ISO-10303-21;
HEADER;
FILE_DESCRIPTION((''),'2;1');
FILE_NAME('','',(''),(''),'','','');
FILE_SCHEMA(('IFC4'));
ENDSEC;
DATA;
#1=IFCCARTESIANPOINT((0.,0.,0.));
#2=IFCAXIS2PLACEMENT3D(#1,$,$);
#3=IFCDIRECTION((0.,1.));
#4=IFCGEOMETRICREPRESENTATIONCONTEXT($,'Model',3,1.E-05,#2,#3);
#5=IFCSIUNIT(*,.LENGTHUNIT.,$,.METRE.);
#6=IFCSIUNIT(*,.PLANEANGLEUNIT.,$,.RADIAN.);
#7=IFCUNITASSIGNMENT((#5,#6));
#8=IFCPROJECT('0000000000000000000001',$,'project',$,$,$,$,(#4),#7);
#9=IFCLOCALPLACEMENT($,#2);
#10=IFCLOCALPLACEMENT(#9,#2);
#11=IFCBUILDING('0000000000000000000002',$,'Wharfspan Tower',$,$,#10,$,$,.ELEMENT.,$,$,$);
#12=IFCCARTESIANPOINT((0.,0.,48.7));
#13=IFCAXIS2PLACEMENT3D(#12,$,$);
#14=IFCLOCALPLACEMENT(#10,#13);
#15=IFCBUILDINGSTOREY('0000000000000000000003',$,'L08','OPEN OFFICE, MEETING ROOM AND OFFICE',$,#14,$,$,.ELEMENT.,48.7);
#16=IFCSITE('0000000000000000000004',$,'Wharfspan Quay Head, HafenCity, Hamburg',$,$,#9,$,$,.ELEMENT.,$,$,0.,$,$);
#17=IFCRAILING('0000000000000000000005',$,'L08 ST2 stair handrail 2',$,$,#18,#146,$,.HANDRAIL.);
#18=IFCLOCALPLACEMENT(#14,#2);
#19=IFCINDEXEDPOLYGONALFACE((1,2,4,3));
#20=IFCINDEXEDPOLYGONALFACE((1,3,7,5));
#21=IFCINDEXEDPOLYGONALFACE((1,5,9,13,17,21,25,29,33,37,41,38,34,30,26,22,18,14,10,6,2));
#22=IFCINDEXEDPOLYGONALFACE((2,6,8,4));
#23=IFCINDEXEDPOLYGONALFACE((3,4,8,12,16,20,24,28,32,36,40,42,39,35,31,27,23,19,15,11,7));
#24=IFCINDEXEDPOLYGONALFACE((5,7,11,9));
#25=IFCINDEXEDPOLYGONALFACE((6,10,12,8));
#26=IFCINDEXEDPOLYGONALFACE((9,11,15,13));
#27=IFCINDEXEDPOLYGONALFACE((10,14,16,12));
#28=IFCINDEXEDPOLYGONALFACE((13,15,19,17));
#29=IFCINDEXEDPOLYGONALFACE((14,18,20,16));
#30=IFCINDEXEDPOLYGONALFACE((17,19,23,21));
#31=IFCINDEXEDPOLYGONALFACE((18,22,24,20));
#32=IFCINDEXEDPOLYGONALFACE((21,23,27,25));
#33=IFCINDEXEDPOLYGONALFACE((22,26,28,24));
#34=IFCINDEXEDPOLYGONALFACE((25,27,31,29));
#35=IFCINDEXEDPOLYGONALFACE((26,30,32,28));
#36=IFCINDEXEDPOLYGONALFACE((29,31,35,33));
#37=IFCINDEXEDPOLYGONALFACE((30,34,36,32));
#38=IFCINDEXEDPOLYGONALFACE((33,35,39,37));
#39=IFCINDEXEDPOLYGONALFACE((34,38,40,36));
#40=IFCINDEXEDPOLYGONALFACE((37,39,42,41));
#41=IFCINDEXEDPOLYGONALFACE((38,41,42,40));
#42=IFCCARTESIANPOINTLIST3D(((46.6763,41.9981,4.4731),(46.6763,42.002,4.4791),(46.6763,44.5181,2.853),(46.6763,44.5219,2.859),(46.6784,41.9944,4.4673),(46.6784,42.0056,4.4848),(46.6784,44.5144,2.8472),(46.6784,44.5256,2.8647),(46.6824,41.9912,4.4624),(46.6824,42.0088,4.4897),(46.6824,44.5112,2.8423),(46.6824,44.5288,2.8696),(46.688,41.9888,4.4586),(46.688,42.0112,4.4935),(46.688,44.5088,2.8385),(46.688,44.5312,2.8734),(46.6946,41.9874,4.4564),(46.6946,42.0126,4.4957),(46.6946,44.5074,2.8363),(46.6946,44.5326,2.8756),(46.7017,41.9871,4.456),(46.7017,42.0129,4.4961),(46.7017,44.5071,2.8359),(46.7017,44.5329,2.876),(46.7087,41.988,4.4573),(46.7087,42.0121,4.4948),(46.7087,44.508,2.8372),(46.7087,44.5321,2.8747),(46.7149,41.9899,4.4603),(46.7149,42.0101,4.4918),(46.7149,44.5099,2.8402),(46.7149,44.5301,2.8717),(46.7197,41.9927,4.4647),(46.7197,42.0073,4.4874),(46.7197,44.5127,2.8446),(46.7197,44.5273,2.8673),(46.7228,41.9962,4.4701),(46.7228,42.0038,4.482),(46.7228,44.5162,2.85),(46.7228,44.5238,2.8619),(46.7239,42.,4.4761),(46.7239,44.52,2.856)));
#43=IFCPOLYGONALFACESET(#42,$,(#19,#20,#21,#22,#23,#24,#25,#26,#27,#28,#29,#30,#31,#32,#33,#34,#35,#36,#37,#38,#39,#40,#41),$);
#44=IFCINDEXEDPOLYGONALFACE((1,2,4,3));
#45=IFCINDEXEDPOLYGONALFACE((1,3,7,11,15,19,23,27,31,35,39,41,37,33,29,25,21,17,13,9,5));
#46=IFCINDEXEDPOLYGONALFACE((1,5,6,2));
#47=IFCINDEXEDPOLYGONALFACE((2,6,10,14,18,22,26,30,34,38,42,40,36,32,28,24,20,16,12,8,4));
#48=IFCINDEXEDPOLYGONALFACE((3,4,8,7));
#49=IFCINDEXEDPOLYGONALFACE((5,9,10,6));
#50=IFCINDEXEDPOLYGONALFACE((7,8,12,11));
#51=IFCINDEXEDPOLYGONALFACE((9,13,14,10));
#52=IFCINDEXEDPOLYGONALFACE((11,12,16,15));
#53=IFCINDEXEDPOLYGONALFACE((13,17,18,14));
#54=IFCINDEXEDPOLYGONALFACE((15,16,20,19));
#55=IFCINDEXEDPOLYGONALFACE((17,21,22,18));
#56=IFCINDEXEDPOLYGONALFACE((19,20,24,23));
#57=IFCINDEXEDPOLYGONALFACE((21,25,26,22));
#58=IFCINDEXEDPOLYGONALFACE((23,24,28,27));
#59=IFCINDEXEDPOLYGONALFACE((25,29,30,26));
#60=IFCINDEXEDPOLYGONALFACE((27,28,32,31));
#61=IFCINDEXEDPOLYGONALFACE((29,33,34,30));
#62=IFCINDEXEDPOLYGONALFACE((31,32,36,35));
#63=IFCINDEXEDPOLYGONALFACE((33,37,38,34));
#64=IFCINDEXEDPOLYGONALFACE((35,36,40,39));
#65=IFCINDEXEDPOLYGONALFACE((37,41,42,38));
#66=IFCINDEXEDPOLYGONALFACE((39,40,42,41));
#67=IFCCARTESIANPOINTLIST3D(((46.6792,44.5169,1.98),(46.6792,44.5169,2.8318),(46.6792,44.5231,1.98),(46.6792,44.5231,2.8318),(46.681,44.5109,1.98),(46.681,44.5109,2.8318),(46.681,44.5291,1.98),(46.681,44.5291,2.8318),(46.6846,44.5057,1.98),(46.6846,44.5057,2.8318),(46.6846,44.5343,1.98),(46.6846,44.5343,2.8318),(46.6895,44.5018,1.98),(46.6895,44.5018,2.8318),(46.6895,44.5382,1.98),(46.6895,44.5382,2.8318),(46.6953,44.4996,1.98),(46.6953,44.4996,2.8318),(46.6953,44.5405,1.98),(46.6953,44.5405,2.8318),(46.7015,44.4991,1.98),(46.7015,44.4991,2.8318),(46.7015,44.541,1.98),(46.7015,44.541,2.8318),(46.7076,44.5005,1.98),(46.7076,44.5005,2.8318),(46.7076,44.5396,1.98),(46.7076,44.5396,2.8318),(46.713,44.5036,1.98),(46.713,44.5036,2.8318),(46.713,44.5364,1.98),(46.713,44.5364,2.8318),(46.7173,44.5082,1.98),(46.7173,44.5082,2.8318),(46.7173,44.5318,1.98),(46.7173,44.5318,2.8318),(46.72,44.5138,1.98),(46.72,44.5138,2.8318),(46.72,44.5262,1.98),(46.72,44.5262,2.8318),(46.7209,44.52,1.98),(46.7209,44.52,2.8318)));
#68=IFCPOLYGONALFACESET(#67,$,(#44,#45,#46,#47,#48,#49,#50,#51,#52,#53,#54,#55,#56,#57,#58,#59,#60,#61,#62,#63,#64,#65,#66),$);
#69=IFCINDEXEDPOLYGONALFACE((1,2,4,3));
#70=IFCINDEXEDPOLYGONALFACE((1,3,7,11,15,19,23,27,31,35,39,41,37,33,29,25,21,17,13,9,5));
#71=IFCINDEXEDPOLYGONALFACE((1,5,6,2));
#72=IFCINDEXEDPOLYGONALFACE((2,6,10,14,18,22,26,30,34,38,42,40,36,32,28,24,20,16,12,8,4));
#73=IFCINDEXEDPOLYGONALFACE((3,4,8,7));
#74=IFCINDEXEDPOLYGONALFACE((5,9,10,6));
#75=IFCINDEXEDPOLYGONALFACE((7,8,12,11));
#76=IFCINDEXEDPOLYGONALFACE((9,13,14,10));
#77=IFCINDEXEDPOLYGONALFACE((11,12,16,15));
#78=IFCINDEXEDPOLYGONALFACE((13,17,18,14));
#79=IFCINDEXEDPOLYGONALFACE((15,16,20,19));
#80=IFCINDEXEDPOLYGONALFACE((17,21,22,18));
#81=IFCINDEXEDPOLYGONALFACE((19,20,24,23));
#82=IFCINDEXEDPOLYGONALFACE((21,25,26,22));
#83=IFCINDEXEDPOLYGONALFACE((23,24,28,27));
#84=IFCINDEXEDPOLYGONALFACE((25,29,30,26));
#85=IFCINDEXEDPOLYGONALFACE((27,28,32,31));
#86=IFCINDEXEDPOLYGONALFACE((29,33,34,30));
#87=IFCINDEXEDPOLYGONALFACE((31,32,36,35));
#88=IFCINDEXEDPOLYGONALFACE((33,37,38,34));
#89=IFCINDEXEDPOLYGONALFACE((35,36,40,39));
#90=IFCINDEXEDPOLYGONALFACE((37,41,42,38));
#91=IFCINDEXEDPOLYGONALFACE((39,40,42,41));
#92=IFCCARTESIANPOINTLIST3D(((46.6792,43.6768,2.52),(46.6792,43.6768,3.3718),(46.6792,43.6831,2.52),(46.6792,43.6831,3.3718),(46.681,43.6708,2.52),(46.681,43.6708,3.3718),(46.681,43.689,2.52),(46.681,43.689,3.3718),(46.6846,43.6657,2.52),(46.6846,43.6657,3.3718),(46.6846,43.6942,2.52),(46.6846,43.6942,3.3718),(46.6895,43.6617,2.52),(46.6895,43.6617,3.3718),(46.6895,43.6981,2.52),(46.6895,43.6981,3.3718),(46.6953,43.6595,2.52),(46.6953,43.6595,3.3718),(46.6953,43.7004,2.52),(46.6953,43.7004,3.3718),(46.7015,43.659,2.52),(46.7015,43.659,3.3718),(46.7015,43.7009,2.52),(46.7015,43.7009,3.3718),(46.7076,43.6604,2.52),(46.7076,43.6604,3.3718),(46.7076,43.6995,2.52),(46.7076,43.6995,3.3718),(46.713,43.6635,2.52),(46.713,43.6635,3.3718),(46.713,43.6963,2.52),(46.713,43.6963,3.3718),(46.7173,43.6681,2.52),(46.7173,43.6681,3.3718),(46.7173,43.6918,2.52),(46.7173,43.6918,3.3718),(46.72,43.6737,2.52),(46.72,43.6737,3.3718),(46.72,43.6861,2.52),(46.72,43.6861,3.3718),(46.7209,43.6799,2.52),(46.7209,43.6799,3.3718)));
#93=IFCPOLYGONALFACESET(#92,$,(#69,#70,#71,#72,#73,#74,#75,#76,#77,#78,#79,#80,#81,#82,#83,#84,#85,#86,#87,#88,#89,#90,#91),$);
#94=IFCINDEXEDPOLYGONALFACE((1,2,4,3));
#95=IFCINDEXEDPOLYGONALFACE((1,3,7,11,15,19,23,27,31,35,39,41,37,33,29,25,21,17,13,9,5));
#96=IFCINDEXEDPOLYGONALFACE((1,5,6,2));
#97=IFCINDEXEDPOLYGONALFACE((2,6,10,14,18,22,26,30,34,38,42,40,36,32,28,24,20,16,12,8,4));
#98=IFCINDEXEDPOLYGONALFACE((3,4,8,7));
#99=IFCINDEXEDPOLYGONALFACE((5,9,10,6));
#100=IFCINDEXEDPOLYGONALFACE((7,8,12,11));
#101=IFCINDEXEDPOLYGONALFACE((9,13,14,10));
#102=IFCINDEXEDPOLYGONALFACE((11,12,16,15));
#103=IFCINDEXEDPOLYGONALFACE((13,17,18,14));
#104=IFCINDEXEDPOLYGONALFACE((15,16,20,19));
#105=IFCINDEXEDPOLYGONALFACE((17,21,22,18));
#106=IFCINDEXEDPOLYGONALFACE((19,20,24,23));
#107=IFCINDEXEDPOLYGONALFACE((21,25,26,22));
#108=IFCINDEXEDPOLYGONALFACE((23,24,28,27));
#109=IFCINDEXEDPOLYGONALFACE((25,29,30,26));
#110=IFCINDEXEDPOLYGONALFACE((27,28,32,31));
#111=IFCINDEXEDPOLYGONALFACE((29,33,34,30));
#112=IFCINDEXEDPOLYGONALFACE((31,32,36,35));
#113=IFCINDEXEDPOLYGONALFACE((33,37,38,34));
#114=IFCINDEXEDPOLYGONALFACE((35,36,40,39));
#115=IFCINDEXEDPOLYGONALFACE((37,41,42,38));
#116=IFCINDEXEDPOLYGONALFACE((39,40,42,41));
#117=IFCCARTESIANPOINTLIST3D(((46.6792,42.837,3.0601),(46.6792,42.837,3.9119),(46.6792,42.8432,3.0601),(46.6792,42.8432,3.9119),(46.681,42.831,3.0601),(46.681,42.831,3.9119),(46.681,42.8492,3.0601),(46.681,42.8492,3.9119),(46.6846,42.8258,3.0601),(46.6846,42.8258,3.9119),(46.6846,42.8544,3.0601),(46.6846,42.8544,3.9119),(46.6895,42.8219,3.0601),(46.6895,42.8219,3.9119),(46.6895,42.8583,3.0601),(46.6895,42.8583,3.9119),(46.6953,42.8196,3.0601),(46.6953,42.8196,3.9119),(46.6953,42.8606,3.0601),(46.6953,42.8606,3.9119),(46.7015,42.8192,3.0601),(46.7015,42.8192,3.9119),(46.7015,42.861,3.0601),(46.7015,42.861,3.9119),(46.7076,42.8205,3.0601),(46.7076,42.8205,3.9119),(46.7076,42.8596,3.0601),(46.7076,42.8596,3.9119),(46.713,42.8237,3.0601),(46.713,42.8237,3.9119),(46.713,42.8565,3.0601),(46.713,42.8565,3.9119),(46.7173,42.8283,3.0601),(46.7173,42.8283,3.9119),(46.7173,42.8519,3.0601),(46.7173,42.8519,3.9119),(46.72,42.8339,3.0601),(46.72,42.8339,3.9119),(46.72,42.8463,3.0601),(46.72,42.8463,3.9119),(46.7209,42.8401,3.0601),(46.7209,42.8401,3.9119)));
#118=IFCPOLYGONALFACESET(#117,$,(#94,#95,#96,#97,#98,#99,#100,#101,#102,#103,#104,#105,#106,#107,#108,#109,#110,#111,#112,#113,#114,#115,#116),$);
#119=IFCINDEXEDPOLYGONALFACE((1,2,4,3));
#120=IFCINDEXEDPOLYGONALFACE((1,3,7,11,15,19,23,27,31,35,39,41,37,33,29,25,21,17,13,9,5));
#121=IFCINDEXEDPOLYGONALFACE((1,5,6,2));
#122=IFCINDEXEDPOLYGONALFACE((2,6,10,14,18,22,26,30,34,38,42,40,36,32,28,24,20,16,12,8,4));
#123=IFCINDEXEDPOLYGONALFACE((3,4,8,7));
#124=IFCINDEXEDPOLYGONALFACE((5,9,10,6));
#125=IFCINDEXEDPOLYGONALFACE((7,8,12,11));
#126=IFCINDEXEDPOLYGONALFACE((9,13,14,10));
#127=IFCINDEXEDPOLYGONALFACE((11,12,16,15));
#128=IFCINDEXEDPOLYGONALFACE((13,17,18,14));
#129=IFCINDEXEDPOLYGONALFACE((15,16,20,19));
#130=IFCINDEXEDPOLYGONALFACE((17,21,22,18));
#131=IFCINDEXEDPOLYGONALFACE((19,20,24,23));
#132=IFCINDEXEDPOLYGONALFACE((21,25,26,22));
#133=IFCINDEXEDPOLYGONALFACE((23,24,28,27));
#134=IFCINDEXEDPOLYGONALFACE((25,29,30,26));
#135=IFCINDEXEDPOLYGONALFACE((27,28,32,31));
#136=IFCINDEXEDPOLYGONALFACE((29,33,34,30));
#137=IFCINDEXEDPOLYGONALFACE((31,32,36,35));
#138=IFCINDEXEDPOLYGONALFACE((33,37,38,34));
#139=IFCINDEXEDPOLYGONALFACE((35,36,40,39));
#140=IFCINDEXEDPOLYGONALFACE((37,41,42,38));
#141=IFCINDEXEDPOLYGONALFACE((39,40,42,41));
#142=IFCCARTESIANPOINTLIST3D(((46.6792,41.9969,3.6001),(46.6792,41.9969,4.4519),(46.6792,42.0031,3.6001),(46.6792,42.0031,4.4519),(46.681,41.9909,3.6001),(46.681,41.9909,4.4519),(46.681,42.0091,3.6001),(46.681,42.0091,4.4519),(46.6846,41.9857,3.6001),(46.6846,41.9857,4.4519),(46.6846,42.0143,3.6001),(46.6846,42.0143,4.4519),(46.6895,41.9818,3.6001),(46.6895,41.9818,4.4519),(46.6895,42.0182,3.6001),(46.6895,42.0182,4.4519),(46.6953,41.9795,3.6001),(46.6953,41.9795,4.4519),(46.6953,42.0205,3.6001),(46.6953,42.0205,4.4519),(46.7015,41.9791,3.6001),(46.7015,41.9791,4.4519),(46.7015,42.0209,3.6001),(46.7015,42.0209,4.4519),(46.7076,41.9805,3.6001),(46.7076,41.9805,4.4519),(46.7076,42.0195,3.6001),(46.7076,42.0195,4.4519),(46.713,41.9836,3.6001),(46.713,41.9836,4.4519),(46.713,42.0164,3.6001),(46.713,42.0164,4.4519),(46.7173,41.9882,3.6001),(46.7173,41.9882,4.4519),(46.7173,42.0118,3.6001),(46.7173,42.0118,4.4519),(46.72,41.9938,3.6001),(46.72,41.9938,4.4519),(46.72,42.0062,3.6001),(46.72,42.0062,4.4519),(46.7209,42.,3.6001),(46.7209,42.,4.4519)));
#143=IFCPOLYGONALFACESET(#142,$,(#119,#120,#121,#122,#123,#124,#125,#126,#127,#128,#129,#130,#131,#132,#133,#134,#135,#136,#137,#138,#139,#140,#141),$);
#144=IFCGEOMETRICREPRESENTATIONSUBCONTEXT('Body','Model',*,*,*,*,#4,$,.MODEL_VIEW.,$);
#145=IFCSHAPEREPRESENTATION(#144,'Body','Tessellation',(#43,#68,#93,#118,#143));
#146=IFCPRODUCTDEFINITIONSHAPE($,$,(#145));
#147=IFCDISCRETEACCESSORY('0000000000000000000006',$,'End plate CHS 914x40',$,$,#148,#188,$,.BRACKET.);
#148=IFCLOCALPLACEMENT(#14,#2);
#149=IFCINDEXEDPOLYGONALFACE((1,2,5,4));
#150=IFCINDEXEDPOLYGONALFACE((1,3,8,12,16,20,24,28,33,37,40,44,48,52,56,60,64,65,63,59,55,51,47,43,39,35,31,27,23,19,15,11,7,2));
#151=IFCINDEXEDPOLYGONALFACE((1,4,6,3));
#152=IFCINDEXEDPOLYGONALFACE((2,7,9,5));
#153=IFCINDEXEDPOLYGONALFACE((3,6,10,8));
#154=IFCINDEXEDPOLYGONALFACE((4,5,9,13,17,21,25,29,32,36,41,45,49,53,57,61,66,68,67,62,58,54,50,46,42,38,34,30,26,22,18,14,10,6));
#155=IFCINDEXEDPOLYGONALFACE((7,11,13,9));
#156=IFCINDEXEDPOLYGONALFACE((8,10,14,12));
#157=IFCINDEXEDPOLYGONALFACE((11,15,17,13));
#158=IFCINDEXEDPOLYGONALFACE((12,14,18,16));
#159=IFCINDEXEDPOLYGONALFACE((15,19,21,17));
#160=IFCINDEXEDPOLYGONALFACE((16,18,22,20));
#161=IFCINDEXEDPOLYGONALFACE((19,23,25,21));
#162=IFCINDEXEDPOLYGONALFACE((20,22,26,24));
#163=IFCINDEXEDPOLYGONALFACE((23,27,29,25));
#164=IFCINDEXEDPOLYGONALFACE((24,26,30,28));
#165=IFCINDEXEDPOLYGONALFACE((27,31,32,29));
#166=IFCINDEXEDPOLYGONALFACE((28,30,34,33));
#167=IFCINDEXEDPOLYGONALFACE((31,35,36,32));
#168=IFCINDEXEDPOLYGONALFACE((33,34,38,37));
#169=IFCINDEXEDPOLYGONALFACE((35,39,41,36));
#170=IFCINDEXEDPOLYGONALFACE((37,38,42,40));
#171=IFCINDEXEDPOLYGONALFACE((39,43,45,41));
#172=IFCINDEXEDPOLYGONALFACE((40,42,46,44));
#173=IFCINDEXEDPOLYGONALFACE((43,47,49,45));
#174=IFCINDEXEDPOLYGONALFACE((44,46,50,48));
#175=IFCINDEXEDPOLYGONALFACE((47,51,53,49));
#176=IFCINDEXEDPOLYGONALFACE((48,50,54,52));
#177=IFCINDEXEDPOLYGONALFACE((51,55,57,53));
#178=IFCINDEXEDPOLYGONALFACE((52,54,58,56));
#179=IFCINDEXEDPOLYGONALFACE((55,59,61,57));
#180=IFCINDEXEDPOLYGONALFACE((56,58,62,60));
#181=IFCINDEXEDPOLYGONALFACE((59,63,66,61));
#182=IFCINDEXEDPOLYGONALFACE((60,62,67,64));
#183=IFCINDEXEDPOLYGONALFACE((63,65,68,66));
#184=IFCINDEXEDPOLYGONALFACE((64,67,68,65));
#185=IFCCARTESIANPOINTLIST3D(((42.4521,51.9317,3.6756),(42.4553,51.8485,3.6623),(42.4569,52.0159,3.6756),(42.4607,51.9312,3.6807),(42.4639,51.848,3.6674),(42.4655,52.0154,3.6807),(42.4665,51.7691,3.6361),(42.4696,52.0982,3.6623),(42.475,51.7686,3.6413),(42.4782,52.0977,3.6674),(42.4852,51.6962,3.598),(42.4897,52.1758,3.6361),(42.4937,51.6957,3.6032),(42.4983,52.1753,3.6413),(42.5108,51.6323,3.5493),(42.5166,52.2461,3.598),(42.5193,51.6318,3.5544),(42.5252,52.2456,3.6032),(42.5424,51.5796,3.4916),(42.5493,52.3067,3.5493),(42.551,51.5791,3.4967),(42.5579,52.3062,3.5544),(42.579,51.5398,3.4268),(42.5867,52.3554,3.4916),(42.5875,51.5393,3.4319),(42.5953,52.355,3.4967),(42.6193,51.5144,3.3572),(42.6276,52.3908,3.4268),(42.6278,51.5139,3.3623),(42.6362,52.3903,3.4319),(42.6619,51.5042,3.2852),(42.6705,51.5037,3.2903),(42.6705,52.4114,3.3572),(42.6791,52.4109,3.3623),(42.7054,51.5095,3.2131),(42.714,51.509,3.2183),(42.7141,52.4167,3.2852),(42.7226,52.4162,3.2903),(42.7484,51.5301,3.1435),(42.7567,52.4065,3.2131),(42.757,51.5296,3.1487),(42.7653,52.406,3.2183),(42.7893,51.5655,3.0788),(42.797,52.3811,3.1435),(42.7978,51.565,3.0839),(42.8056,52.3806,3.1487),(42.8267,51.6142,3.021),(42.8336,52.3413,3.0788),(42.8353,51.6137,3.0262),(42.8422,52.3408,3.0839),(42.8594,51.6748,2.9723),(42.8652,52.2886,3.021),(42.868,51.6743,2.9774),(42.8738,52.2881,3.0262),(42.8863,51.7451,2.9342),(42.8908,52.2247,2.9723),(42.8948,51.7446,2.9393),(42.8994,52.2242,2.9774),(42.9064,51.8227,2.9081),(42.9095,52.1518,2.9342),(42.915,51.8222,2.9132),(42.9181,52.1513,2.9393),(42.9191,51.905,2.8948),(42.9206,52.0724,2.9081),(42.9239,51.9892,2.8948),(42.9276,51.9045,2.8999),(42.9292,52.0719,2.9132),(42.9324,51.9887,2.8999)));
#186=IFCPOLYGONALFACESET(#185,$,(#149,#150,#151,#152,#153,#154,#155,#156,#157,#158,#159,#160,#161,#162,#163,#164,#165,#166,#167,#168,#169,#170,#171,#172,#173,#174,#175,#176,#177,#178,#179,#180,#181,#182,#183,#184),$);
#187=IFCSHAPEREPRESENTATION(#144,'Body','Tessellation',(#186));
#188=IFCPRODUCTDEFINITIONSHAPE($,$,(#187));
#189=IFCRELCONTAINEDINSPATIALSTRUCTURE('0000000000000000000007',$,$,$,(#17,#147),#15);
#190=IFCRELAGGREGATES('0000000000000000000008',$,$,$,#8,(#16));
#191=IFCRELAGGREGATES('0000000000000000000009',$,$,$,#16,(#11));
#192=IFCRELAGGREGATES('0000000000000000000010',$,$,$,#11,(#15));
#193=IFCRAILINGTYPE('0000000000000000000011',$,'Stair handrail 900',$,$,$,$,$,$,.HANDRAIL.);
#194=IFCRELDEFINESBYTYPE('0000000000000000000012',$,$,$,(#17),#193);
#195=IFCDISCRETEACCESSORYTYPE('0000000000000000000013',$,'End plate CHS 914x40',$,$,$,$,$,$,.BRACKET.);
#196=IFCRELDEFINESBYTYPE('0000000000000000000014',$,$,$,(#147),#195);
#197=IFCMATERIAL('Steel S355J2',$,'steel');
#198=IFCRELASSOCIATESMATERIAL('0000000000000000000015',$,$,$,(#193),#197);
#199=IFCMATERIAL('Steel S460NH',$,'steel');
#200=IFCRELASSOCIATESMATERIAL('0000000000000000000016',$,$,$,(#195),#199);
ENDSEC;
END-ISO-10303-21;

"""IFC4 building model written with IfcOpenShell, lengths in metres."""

from ifc_helpers import new_model, si_unit, direction, frame, origin, origin_2d, place, context, subcontext, project, spatial, circle, extrude, material, material_profile, profile_set, type_object, element, save


model = new_model("IFC4")

# Units and contexts
model_context = context("Model", 3, precision=1e-05, world=origin(), true_north=direction((0.0, 1.0)))
body_context = subcontext(model_context, "Body", "Model", "MODEL_VIEW")
ifc_project = project(units=[si_unit("LENGTHUNIT", "METRE"), si_unit("PLANEANGLEUNIT", "RADIAN")], contexts=[model_context])

# Site, building, storey
site_placement = place(None, origin())
site = spatial("IfcSite", under=ifc_project, at=site_placement, Name="Wharfspan Quay Head, HafenCity, Hamburg", CompositionType="ELEMENT", RefElevation=0.0)
building_placement = place(site_placement, origin())
building = spatial("IfcBuilding", under=site, at=building_placement, Name="Wharfspan Tower", CompositionType="ELEMENT")
storey_placement = place(building_placement, frame((0.0, 0.0, 48.7)))
storey = spatial("IfcBuildingStorey", under=building, at=storey_placement, Name="L08", Description="OPEN OFFICE, MEETING ROOM AND OFFICE", CompositionType="ELEMENT", Elevation=48.7)

# Shared definitions
ifc_material_1 = material(Name="Steel S355J2", Category="steel")

# Shared definitions
ifc_material_2 = material(Name="Steel S460NH", Category="steel")

# Railing
railing_type_1 = type_object("IfcRailingType", Name="Stair handrail 900", PredefinedType="HANDRAIL", material=ifc_material_1)
railing_1_placement = place(storey_placement, frame((46.7, 44.52, 1.98)))
element("IfcRailing", 1, at=railing_1_placement, inside=storey, type_object=railing_type_1, Name="L08 ST2 stair handrail 2", PredefinedType="HANDRAIL", context=body_context, shape_type="SweptSolid", body=[
    extrude(circle(Radius=0.0239, at=origin_2d()), frame((0.0, 0.0, 0.876), z_axis=(0.0, -0.841163, 0.540782), x_axis=(1.0, 0.0, 0.0)), (0.0, 0.0, 1.0), 2.9958),
    extrude(circle(Radius=0.021, at=origin_2d()), origin(), (0.0, 0.0, 1.0), 0.8518),
    extrude(circle(Radius=0.021, at=origin_2d()), frame((0.0, -0.8401, 0.54)), (0.0, 0.0, 1.0), 0.8518),
    extrude(circle(Radius=0.021, at=origin_2d()), frame((0.0, -1.6799, 1.0801)), (0.0, 0.0, 1.0), 0.8518),
    extrude(circle(Radius=0.021, at=origin_2d()), frame((0.0, -2.52, 1.6201)), (0.0, 0.0, 1.0), 0.8518),
])

# Discrete accessory
ifc_material_profile_1 = material_profile(ifc_material_2, circle(Radius=0.457, at=origin_2d()))
ifc_profile_set_1 = profile_set([ifc_material_profile_1], Name="Steel S460NH")
discrete_accessory_type = type_object("IfcDiscreteAccessoryType", Name="End plate CHS 914x40", PredefinedType="BRACKET", material=ifc_profile_set_1)
for number, where, z_axis, x_axis, name in (
    (2, (42.688, 51.9604, 3.2852), (0.856465, -0.048941, 0.513879), (0.05705, 0.998372, 0.0), "End plate CHS 914x40"),
):
    element("IfcDiscreteAccessory", number, at=place(storey_placement, frame(where, z_axis=z_axis, x_axis=x_axis)), inside=storey, type_object=discrete_accessory_type, Name=name, PredefinedType="BRACKET", context=body_context, shape_type="SweptSolid", body=[
        extrude(circle(Radius=0.457, at=origin_2d()), origin(), (0.0, 0.0, 1.0), 0.01),
    ])

save(model, "model.ifc")
